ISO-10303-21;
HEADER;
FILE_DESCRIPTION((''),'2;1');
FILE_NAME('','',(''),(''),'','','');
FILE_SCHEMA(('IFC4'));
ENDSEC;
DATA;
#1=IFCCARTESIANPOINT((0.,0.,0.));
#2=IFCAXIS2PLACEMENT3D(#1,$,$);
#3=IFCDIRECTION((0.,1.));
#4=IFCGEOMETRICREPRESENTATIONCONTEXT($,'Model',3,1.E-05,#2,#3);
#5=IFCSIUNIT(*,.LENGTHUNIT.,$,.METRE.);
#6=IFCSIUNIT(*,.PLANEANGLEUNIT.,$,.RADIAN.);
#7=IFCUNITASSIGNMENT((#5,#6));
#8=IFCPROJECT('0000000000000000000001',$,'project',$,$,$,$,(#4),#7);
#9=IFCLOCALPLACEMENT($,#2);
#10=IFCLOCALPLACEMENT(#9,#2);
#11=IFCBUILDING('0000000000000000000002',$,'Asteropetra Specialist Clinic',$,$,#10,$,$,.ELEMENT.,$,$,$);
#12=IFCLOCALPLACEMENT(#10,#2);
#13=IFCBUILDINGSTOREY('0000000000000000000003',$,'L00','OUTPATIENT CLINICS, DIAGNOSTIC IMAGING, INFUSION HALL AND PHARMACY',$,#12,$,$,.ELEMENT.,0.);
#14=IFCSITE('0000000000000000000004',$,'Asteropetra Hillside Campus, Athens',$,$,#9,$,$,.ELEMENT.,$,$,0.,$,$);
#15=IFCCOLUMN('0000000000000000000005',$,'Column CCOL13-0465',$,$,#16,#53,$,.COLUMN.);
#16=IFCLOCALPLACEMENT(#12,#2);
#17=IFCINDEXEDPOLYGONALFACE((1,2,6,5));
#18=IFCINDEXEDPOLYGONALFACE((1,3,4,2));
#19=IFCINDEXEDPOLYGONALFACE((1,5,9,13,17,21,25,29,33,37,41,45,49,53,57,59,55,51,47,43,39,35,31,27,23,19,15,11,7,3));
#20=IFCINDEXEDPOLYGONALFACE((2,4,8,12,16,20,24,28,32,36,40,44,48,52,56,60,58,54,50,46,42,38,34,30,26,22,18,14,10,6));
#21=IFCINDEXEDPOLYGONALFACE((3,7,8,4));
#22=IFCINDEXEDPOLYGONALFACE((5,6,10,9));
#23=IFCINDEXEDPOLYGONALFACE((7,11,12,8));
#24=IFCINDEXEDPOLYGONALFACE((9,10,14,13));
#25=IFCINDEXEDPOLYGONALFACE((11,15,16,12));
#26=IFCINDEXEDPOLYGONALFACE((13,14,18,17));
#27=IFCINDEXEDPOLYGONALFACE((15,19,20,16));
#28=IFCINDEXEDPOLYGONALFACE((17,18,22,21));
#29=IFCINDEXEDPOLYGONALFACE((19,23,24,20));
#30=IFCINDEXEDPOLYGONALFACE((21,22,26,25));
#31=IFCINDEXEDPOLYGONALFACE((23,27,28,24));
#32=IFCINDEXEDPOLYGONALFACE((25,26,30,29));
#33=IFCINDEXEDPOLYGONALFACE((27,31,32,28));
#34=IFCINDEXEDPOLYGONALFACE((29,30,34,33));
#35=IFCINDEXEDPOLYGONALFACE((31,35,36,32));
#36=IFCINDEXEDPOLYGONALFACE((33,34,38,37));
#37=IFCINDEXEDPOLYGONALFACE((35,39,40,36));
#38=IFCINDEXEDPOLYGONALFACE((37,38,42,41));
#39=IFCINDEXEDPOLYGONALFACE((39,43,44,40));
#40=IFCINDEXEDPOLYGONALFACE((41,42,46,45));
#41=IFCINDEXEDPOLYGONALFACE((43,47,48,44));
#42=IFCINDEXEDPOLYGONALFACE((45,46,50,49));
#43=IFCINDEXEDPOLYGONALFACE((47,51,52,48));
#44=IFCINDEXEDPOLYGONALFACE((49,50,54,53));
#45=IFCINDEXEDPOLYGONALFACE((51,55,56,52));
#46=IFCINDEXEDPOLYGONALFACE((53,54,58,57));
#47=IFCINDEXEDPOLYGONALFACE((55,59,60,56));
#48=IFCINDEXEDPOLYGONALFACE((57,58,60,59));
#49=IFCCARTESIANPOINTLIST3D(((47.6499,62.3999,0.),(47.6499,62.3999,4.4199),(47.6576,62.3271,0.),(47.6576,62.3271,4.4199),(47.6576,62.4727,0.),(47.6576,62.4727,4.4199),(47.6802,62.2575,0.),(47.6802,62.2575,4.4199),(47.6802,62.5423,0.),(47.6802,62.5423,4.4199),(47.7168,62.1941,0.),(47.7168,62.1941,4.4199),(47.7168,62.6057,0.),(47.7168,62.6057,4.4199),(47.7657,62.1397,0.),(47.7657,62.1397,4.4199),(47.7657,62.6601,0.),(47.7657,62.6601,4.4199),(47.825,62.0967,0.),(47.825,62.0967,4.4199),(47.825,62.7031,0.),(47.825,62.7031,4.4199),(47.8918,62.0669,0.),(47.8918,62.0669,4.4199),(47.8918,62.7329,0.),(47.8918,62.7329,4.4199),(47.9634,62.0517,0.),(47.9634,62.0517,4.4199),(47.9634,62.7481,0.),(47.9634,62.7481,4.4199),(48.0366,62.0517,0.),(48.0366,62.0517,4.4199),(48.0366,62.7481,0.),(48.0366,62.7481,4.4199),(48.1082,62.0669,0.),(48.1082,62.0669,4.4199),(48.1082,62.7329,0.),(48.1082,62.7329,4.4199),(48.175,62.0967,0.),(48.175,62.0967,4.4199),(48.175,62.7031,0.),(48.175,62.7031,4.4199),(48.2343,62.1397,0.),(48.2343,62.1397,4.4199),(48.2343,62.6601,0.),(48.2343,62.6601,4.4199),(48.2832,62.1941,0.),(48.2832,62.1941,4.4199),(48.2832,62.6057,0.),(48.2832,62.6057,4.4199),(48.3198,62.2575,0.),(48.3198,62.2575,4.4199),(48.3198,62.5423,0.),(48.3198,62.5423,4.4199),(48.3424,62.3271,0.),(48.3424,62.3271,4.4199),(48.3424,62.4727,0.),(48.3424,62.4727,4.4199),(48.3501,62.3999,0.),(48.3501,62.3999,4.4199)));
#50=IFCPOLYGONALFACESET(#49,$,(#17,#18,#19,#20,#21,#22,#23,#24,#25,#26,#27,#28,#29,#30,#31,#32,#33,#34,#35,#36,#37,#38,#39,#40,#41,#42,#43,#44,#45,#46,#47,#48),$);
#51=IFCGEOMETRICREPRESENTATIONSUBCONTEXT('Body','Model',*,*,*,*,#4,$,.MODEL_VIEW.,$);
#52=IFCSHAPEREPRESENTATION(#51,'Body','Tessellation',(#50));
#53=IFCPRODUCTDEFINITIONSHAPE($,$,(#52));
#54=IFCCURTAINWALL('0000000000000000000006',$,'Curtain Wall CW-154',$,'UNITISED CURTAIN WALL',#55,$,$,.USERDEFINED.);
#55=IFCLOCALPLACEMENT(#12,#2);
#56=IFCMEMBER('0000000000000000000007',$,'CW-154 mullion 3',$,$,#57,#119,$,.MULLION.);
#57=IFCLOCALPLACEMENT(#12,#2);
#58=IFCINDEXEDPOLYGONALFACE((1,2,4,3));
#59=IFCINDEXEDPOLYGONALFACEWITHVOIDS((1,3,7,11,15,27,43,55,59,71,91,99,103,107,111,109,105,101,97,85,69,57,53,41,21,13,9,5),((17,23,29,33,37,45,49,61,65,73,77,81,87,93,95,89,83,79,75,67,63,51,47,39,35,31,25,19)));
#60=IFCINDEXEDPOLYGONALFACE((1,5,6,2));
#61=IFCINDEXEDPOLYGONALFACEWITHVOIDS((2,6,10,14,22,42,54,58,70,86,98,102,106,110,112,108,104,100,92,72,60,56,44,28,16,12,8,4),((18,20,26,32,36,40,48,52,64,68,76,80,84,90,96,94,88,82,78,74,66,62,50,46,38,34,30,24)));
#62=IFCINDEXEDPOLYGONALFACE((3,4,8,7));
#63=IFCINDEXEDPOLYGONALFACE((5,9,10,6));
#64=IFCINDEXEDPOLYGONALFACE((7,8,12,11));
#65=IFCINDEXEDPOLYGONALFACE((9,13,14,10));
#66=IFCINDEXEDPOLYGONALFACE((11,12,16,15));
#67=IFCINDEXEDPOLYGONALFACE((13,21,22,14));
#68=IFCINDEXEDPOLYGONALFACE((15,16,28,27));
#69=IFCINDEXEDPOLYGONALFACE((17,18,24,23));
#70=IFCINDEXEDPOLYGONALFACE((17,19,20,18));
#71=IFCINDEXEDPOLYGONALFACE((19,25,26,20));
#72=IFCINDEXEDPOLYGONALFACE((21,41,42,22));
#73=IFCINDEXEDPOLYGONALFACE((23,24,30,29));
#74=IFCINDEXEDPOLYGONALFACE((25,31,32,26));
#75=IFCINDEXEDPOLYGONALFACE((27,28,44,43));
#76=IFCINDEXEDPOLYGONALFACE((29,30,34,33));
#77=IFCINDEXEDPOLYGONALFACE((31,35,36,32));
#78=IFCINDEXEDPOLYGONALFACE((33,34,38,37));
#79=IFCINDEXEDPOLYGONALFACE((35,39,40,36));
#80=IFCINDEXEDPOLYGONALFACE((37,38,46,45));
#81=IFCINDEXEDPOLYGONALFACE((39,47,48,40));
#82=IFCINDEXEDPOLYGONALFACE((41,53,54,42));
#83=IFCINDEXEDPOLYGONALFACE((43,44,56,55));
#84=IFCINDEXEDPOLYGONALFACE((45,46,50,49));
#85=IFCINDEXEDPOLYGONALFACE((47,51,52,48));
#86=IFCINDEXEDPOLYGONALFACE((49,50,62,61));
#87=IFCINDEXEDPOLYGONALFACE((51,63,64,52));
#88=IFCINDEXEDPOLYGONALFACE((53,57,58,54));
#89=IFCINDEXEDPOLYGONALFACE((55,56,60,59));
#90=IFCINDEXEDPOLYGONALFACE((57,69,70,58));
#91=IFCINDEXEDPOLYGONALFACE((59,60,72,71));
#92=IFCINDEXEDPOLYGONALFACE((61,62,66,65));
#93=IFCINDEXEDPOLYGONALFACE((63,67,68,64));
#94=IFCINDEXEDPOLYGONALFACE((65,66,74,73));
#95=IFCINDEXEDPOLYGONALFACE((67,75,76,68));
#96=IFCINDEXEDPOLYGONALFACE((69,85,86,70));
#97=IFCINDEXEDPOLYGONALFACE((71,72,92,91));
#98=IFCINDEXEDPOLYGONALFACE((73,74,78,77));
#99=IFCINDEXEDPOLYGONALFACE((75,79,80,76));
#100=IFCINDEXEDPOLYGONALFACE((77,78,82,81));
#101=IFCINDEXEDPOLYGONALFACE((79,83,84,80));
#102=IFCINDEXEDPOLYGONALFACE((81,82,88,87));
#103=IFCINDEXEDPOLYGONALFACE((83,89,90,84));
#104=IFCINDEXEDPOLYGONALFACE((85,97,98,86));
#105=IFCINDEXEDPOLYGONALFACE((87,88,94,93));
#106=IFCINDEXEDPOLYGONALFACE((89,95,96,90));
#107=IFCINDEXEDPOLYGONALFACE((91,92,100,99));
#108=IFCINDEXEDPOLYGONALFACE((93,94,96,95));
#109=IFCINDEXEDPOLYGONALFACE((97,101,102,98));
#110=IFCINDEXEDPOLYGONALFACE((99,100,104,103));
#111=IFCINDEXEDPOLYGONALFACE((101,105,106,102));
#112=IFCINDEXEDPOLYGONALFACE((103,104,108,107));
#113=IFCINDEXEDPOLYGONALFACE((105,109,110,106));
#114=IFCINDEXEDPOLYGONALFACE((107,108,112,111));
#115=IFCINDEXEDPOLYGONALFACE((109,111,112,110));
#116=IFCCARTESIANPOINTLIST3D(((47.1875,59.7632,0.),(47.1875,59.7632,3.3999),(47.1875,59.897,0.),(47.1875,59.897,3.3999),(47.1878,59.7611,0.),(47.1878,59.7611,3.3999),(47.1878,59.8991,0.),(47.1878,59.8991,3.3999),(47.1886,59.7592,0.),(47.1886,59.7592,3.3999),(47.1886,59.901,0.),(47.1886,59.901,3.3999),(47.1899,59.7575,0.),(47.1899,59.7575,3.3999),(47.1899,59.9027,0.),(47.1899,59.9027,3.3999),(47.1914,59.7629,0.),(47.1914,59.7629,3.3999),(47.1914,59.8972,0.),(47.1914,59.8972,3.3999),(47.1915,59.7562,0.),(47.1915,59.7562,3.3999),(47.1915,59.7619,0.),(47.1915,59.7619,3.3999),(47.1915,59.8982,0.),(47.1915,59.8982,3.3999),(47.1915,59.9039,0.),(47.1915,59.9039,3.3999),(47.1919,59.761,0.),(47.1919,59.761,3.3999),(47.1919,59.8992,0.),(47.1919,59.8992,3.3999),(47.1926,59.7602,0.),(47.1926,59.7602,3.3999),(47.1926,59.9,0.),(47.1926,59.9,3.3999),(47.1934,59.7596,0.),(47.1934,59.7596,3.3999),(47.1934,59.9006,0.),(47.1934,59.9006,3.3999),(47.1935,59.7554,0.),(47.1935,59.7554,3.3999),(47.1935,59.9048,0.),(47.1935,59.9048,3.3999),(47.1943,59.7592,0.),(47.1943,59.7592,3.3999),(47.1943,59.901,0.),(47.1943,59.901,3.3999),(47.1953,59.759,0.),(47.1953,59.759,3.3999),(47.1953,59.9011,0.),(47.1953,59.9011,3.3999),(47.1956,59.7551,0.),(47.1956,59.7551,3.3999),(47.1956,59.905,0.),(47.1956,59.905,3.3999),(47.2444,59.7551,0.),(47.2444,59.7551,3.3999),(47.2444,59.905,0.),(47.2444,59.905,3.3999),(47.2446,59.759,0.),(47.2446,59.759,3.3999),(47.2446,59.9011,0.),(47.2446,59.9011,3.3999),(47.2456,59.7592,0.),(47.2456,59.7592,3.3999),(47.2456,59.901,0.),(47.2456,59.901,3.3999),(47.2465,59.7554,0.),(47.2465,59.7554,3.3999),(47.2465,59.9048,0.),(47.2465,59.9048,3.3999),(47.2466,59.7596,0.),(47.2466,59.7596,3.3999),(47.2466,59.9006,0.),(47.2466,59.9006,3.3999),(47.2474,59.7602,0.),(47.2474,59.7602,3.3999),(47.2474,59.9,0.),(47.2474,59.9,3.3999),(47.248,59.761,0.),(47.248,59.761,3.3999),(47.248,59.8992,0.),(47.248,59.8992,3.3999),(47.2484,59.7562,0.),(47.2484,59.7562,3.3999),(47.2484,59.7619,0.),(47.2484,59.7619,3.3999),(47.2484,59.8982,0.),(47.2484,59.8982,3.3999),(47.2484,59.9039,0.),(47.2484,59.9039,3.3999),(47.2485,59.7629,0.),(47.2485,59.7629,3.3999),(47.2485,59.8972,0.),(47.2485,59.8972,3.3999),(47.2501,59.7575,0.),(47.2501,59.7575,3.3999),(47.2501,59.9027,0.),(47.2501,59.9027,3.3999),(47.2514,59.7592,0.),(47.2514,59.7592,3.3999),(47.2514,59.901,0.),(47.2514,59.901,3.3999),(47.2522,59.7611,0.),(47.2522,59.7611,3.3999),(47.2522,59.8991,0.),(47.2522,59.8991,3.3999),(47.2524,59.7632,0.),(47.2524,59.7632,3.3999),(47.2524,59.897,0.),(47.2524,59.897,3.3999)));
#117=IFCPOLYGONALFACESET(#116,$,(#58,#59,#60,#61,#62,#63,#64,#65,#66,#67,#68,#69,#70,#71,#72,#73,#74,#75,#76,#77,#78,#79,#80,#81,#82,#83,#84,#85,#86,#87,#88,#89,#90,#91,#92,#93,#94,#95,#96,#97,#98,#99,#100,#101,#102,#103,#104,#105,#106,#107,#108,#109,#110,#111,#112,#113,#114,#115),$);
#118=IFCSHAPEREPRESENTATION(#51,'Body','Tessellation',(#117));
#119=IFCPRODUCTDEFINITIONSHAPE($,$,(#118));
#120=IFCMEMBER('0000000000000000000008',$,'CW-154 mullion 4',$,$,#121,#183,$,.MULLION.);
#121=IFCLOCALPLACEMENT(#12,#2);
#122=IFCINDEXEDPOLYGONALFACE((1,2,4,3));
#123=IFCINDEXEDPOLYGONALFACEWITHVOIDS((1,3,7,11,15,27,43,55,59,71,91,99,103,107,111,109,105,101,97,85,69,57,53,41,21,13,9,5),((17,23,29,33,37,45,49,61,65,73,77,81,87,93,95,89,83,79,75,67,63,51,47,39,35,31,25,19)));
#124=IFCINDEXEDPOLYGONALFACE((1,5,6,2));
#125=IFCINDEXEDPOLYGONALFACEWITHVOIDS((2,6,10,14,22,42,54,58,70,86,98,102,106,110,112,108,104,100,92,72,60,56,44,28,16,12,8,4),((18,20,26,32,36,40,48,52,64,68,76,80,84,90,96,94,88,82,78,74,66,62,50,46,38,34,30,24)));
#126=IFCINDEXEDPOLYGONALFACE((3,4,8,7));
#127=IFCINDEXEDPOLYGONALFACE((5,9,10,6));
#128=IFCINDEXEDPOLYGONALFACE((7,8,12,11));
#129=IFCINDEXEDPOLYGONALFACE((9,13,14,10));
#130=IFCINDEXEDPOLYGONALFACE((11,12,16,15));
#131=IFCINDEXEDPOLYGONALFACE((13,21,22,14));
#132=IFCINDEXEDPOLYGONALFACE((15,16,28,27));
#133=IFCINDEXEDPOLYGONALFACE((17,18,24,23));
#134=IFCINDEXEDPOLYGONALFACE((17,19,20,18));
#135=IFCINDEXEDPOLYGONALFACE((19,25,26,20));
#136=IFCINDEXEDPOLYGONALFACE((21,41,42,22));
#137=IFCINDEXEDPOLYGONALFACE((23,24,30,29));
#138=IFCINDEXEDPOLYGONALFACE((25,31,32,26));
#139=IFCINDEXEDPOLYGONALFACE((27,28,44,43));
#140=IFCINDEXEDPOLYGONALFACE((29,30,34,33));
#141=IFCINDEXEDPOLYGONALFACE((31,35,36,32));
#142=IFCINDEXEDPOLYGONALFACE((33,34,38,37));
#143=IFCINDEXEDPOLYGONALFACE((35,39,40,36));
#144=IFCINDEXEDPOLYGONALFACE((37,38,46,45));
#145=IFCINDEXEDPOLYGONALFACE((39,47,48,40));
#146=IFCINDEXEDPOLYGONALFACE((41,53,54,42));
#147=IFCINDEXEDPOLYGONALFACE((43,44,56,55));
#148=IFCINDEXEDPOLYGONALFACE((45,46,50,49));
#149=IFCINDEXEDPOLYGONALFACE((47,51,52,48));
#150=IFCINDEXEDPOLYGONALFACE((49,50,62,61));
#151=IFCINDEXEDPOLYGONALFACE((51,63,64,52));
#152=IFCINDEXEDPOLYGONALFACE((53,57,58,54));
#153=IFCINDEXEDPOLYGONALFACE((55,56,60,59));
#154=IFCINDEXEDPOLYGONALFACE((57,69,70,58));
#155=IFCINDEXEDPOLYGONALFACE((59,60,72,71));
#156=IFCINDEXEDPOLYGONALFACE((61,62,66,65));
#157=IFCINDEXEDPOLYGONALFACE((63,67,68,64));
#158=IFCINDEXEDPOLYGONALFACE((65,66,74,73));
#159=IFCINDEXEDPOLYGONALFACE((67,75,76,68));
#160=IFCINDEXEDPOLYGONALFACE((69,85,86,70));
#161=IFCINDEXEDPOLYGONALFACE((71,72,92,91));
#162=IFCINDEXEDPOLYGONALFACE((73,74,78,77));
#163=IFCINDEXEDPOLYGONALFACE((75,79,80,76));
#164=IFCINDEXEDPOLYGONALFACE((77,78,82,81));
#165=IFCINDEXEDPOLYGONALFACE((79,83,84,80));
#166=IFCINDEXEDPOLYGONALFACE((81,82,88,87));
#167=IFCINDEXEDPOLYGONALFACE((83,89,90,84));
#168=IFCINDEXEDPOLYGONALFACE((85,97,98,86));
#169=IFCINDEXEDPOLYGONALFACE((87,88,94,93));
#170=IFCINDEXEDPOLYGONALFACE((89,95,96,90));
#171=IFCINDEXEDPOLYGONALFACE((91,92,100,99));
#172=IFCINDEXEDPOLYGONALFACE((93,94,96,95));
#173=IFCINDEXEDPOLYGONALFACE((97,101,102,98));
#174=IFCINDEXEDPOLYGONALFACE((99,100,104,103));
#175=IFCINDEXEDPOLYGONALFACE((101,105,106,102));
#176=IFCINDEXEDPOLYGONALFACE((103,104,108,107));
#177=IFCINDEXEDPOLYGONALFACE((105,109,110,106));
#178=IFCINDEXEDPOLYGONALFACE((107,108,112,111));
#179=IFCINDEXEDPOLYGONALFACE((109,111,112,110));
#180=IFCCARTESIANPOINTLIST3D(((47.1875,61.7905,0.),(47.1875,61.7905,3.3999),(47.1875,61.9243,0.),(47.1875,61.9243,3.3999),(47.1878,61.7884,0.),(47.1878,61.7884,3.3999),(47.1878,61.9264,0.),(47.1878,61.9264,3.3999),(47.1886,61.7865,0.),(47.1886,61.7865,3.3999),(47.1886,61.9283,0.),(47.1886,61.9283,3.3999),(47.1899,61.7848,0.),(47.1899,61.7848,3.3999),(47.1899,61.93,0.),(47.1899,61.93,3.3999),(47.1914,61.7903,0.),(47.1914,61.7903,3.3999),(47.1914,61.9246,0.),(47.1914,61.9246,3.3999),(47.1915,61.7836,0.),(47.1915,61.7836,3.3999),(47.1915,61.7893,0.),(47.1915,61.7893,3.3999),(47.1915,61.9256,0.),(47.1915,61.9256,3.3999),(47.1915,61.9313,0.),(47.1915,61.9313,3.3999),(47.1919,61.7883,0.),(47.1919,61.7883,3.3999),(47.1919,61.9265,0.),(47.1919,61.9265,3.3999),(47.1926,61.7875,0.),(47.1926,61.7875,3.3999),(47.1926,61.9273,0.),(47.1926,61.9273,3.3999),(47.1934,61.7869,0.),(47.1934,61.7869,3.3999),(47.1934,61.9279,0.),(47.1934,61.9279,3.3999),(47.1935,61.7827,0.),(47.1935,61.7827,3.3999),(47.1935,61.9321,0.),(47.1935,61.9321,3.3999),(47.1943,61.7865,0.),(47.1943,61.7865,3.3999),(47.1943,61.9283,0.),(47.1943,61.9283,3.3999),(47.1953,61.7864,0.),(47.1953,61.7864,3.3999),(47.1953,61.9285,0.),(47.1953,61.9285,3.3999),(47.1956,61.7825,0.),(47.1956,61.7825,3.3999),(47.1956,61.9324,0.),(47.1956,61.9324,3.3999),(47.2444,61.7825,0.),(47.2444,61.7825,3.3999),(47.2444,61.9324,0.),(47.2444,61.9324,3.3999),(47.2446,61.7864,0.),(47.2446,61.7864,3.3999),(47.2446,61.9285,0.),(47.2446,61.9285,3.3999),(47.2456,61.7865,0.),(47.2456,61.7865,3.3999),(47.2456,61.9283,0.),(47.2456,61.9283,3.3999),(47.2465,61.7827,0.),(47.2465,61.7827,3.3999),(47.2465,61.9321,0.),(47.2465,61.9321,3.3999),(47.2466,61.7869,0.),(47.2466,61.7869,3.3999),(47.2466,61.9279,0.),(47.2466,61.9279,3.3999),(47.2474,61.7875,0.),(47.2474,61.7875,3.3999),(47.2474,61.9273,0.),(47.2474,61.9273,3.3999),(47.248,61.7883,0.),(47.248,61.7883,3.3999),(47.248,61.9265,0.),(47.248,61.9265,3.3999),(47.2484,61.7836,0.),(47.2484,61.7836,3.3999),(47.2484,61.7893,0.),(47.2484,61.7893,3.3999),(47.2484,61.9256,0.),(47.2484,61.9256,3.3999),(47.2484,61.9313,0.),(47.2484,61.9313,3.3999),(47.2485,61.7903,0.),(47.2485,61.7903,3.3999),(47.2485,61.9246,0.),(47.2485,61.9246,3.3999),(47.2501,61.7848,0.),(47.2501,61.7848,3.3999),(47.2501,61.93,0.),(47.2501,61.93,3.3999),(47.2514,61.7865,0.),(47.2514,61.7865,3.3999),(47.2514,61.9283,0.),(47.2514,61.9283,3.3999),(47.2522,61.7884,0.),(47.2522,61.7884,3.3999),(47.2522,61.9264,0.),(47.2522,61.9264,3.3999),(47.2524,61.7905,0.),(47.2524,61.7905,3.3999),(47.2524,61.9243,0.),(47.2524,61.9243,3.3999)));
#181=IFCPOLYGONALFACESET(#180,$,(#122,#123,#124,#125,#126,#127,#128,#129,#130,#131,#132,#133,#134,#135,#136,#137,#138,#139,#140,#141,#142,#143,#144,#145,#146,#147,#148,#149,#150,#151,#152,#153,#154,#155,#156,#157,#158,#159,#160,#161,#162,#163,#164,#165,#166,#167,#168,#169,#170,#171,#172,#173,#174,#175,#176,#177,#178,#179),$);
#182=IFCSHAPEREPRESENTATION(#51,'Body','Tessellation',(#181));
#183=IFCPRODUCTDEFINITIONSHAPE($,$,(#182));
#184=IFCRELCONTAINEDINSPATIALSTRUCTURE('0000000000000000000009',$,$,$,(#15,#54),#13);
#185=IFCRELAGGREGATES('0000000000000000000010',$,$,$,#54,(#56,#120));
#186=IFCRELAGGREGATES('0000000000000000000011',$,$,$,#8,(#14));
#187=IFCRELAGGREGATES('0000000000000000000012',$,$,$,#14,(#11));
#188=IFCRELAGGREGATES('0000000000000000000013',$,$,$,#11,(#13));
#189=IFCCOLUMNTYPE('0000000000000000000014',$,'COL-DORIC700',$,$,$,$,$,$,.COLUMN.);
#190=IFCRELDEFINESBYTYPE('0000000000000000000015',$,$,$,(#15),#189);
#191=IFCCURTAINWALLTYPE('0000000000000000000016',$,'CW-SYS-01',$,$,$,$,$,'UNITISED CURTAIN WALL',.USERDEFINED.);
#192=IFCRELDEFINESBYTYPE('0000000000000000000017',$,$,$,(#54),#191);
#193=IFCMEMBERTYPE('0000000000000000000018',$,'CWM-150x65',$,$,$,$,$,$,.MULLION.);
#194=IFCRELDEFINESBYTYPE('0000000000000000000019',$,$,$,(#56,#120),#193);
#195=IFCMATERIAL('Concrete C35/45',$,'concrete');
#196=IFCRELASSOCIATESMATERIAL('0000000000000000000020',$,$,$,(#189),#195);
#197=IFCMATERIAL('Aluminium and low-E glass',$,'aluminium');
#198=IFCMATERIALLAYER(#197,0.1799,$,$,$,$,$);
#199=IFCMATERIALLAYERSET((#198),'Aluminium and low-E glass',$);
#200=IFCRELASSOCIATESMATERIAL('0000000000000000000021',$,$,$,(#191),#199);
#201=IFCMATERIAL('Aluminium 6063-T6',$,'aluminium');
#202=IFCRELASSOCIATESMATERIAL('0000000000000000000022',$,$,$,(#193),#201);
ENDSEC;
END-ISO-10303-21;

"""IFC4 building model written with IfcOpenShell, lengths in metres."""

from ifc_helpers import new_model, si_unit, direction, frame, origin, origin_2d, place, context, subcontext, project, spatial, hollow_rectangle, circle, extrude, material, layer, layer_set, material_profile, profile_set, type_object, element, aggregate, save


model = new_model("IFC4")

# Units and contexts
model_context = context("Model", 3, precision=1e-05, world=origin(), true_north=direction((0.0, 1.0)))
body_context = subcontext(model_context, "Body", "Model", "MODEL_VIEW")
ifc_project = project(units=[si_unit("LENGTHUNIT", "METRE"), si_unit("PLANEANGLEUNIT", "RADIAN")], contexts=[model_context])

# Site, building, storey
site_placement = place(None, origin())
site = spatial("IfcSite", under=ifc_project, at=site_placement, Name="Asteropetra Hillside Campus, Athens", CompositionType="ELEMENT", RefElevation=0.0)
building_placement = place(site_placement, origin())
building = spatial("IfcBuilding", under=site, at=building_placement, Name="Asteropetra Specialist Clinic", CompositionType="ELEMENT")
storey_placement = place(building_placement, origin())
storey = spatial("IfcBuildingStorey", under=building, at=storey_placement, Name="L00", Description="OUTPATIENT CLINICS, DIAGNOSTIC IMAGING, INFUSION HALL AND PHARMACY", CompositionType="ELEMENT", Elevation=0.0)

# Column
ifc_material_1 = material(Name="Concrete C35/45", Category="concrete")
ifc_material_profile_1 = material_profile(ifc_material_1, circle(Radius=0.3501, at=origin_2d()), Name="RCC D700")
ifc_profile_set_1 = profile_set([ifc_material_profile_1], Name="Concrete C35/45")
column_type = type_object("IfcColumnType", Name="COL-DORIC700", PredefinedType="COLUMN", material=ifc_profile_set_1)
column_placement = place(storey_placement, frame((48.0, 62.3999, 0.0), z_axis=(0.0, 0.0, 1.0), x_axis=(1.0, 0.0, 0.0)))
element("IfcColumn", 1, at=column_placement, inside=storey, type_object=column_type, Name="Column CCOL13-0465", PredefinedType="COLUMN", context=body_context, shape_type="SweptSolid", body=[
    extrude(circle(Radius=0.3501, at=origin_2d()), origin(), (0.0, 0.0, 1.0), 4.4199),
])

# Curtain wall, members
ifc_material_2 = material(Name="Aluminium and low-E glass", Category="aluminium")
ifc_layer_1 = layer(ifc_material_2, 0.1799)
ifc_layer_set_1 = layer_set([ifc_layer_1], Name="Aluminium and low-E glass")
curtain_wall_type_1 = type_object("IfcCurtainWallType", Name="CW-SYS-01", ElementType="UNITISED CURTAIN WALL", PredefinedType="USERDEFINED", material=ifc_layer_set_1)
curtain_wall_1_placement = place(storey_placement, origin())
curtain_wall_1 = element("IfcCurtainWall", 2, at=curtain_wall_1_placement, inside=storey, type_object=curtain_wall_type_1, Name="Curtain Wall CW-154", ObjectType="UNITISED CURTAIN WALL", PredefinedType="USERDEFINED")
ifc_material_3 = material(Name="Aluminium 6063-T6", Category="aluminium")
ifc_material_profile_2 = material_profile(ifc_material_3, hollow_rectangle(XDim=0.0649, YDim=0.1499, WallThickness=0.0039, InnerFilletRadius=0.0039, OuterFilletRadius=0.0081, at=origin_2d()), Name="MUL 150x65x4.0")
ifc_profile_set_2 = profile_set([ifc_material_profile_2], Name="Aluminium 6063-T6")
member_type_1 = type_object("IfcMemberType", Name="CWM-150x65", PredefinedType="MULLION", material=ifc_profile_set_2)
member_1_placement = place(storey_placement, frame((47.22, 59.8301, 0.0), z_axis=(0.0, 0.0, 1.0), x_axis=(-1.0, 0.0, 0.0)))
member_1 = element("IfcMember", 3, at=member_1_placement, type_object=member_type_1, Name="CW-154 mullion 3", PredefinedType="MULLION", context=body_context, shape_type="SweptSolid", body=[
    extrude(hollow_rectangle(XDim=0.0649, YDim=0.1499, WallThickness=0.0039, InnerFilletRadius=0.0039, OuterFilletRadius=0.0081, at=origin_2d()), origin(), (0.0, 0.0, 1.0), 3.3999),
])
member_2_placement = place(storey_placement, frame((47.22, 61.8574, 0.0), z_axis=(0.0, 0.0, 1.0), x_axis=(-1.0, 0.0, 0.0)))
member_2 = element("IfcMember", 4, at=member_2_placement, type_object=member_type_1, Name="CW-154 mullion 4", PredefinedType="MULLION", context=body_context, shape_type="SweptSolid", body=[
    extrude(hollow_rectangle(XDim=0.0649, YDim=0.1499, WallThickness=0.0039, InnerFilletRadius=0.0039, OuterFilletRadius=0.0081, at=origin_2d()), origin(), (0.0, 0.0, 1.0), 3.3999),
])

aggregate(curtain_wall_1, [member_1, member_2])

save(model, "model.ifc")
